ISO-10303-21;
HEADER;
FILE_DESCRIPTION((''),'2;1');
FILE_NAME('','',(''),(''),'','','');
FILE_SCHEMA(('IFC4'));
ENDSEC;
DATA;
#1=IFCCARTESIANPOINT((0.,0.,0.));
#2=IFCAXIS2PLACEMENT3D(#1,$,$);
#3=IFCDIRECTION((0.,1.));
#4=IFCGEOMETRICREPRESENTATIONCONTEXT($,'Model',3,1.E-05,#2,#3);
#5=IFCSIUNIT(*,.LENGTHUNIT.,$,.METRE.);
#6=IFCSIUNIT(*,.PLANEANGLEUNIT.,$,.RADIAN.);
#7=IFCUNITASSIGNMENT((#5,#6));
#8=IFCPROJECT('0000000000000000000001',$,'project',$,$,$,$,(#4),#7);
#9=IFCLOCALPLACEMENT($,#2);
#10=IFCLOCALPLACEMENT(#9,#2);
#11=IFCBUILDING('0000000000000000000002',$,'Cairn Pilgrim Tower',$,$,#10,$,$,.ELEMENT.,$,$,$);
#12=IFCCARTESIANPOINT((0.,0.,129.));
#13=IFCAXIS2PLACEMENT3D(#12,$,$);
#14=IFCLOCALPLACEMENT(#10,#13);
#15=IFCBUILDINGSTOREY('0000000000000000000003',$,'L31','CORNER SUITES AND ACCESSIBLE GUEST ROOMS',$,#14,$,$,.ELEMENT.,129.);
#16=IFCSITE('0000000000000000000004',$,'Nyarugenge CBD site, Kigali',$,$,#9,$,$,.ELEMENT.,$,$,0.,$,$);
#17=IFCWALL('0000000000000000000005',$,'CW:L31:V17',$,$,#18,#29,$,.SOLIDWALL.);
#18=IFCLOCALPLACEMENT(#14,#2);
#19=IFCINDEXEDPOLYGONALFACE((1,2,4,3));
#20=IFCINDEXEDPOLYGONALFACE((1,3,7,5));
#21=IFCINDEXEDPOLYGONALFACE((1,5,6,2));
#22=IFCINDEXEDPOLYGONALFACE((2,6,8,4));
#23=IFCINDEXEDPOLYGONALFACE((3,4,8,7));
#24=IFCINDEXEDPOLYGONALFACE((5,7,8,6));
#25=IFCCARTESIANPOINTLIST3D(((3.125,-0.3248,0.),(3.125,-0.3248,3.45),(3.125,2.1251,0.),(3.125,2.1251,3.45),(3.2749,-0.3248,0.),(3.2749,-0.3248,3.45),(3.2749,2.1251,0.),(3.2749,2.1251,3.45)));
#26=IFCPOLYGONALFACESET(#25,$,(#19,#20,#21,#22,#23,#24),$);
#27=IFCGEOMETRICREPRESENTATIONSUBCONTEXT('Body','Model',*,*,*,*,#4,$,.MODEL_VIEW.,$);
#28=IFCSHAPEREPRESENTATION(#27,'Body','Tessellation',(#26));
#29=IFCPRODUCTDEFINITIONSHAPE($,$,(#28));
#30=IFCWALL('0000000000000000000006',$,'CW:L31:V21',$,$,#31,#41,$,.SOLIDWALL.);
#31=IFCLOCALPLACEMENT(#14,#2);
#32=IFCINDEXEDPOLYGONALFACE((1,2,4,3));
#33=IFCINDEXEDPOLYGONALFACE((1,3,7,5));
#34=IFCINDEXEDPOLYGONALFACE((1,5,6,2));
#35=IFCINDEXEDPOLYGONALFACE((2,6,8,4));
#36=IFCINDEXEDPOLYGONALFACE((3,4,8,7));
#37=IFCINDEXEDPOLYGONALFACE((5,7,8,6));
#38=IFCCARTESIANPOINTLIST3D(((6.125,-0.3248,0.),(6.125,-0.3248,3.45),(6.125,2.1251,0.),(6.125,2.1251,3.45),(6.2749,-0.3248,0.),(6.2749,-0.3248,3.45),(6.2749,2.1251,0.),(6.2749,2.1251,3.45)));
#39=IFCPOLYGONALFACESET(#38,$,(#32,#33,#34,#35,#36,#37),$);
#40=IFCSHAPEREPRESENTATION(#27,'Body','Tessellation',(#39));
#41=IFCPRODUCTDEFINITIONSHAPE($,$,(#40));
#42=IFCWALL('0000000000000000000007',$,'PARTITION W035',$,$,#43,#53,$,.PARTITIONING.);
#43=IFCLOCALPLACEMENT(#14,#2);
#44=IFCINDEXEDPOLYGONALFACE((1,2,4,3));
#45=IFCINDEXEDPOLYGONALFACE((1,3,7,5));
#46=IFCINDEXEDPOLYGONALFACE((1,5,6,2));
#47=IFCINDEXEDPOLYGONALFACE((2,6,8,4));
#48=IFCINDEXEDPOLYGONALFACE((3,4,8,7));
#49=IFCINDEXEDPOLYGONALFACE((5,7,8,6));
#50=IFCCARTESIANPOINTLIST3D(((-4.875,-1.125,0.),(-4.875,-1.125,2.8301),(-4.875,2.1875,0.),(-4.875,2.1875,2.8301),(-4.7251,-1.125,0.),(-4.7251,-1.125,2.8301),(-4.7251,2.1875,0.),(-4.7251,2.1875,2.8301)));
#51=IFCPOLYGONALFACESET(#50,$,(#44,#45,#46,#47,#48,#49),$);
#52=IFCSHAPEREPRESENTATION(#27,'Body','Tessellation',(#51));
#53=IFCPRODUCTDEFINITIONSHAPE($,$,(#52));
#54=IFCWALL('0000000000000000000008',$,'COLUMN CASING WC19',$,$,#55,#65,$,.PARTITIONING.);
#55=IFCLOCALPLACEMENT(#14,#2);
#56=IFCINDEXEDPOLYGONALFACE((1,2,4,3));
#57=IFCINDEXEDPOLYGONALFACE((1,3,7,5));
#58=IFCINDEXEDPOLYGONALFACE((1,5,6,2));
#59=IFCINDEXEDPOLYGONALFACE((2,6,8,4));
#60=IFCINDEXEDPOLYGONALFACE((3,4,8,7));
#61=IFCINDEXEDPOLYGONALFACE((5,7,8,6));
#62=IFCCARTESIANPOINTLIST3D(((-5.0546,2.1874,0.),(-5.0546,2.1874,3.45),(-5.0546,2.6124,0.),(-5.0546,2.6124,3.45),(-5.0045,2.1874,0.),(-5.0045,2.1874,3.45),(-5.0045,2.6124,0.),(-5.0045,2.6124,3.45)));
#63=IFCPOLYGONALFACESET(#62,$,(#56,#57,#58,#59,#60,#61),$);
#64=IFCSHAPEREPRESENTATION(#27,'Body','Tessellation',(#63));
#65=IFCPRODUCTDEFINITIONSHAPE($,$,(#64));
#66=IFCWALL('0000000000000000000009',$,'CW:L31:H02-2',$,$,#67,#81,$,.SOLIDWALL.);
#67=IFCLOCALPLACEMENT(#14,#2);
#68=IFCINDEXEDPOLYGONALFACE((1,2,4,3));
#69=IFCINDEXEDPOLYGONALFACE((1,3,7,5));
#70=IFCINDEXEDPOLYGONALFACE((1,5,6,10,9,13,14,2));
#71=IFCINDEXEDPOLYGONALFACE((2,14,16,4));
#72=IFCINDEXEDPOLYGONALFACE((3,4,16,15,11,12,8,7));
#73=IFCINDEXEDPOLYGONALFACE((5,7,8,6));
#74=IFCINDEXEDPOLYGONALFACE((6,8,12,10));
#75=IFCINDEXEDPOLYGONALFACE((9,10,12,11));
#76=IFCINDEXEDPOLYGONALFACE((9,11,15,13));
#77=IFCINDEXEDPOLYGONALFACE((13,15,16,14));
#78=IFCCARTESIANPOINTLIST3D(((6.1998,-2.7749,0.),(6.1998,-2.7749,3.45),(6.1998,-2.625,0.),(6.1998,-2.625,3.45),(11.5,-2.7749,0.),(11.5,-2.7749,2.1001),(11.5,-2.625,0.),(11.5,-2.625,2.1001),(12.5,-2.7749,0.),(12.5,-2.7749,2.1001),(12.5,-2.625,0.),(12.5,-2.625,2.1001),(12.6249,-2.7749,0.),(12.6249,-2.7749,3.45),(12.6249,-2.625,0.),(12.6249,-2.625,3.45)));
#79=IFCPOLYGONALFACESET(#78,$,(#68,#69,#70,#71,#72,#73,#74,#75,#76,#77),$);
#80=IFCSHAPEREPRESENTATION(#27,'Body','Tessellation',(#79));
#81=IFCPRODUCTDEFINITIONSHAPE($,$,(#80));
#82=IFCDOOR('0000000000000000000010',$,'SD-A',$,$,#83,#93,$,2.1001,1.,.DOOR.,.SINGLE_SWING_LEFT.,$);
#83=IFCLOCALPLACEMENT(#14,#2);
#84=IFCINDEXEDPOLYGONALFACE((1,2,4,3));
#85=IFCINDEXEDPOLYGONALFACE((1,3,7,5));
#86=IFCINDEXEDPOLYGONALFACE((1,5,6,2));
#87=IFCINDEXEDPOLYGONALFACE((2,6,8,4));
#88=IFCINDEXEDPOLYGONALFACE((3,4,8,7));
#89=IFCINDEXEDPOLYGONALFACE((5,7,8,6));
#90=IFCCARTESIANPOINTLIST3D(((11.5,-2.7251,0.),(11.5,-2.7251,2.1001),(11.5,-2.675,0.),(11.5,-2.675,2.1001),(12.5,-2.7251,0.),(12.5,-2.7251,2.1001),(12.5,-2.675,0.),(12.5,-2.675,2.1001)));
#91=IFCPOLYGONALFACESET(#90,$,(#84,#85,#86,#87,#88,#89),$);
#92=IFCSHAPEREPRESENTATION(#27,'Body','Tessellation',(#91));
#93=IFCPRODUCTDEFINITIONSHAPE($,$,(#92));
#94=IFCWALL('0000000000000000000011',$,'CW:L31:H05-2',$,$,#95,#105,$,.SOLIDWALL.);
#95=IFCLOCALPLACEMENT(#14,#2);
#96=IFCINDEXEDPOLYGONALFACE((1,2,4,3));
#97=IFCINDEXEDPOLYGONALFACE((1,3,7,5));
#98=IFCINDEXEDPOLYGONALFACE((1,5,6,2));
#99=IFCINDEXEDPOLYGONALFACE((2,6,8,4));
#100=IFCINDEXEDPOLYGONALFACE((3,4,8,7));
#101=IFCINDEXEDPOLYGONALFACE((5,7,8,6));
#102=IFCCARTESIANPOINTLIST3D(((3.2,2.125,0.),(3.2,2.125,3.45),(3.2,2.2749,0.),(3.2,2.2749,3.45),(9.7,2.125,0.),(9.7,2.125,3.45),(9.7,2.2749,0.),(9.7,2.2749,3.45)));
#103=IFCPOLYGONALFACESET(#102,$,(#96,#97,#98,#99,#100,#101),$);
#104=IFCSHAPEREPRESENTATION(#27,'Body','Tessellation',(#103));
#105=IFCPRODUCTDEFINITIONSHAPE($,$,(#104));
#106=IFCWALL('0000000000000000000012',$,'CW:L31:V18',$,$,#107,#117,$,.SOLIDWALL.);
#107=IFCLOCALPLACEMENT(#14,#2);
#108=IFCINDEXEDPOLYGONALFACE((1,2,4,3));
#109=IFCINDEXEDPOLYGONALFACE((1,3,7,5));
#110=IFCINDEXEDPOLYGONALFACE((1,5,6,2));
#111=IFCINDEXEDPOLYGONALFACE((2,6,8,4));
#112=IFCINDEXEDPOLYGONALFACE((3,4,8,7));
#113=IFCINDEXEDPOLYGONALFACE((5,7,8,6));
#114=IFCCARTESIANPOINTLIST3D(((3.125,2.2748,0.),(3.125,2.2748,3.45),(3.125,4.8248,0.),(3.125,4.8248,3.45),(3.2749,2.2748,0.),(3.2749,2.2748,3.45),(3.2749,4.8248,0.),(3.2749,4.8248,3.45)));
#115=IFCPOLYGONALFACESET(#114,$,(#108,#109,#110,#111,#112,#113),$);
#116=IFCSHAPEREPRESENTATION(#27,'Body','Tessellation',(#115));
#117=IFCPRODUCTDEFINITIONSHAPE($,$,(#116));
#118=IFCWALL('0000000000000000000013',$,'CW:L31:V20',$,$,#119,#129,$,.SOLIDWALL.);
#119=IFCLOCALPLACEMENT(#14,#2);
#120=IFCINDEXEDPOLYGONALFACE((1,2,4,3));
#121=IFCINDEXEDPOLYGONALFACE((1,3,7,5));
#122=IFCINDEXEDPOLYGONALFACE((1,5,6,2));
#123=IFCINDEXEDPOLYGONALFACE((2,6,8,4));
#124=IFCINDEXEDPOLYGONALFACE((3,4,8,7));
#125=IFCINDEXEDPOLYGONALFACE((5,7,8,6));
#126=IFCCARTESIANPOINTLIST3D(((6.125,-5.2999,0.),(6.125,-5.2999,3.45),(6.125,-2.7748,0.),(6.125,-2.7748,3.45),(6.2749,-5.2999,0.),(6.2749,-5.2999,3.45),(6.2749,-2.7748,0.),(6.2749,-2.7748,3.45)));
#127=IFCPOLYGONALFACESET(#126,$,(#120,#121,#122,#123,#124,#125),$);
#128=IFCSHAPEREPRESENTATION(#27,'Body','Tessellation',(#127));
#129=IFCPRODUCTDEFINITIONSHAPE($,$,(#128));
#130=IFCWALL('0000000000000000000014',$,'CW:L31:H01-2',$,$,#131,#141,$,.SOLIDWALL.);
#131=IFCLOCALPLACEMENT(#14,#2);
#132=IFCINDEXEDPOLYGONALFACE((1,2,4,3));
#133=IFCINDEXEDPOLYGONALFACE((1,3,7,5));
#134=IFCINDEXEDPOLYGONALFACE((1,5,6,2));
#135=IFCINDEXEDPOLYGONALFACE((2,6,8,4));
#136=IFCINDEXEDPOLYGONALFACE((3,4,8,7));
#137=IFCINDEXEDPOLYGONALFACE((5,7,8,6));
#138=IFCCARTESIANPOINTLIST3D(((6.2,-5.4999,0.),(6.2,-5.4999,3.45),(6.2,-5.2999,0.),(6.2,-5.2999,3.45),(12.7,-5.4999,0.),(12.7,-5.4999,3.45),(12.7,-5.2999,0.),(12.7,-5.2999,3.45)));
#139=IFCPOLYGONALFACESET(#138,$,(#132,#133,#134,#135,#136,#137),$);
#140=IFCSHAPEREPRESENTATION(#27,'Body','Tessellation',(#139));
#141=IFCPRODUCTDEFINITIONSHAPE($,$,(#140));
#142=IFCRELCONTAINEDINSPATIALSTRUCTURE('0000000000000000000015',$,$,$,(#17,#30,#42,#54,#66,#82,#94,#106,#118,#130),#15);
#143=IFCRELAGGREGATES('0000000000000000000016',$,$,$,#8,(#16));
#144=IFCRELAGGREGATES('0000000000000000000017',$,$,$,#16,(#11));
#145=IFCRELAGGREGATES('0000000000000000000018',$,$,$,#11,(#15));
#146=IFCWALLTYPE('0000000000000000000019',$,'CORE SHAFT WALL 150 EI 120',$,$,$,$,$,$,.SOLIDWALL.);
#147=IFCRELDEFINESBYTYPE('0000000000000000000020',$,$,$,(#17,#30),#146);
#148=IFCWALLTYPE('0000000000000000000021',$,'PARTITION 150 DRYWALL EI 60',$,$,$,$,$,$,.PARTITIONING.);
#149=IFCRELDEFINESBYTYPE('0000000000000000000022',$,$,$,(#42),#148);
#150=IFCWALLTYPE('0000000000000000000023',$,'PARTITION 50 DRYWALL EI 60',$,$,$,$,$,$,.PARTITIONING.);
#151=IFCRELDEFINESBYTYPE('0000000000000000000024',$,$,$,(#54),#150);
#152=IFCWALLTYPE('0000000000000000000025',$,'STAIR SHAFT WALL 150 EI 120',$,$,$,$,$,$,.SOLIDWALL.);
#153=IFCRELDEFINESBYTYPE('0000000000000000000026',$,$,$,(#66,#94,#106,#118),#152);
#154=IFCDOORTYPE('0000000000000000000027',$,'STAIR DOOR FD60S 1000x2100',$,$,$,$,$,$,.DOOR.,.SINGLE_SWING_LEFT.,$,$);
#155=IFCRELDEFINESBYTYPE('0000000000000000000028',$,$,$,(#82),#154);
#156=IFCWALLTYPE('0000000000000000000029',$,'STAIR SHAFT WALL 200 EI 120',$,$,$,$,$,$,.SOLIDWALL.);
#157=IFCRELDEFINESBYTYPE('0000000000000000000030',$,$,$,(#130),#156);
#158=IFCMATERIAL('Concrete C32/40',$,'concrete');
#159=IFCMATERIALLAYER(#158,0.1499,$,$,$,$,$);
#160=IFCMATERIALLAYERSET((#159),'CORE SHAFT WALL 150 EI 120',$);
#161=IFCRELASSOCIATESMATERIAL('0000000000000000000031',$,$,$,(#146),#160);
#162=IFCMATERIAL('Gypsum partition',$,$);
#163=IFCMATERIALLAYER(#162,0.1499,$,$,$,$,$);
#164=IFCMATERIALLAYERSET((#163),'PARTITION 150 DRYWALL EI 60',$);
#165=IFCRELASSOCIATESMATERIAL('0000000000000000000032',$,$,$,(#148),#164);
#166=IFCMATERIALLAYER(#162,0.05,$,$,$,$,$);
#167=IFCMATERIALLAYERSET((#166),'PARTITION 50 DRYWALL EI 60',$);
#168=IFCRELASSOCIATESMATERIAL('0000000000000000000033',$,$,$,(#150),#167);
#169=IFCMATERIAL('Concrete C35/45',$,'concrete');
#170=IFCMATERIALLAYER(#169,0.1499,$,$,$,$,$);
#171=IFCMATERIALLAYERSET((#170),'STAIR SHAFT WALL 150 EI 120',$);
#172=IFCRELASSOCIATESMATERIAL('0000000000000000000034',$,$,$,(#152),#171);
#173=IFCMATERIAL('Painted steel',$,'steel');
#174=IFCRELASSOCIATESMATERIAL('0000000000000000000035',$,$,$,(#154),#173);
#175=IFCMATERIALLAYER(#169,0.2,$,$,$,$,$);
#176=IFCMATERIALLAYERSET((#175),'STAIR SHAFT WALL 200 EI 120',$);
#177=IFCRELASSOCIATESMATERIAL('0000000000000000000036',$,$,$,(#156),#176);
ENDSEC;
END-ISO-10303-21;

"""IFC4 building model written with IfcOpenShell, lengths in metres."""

from ifc_helpers import new_model, si_unit, direction, frame, frame_2d, origin, place, context, subcontext, project, spatial, rectangle, extrude, material, layer, layer_set, type_object, element, fill, save


model = new_model("IFC4")

# Units and contexts
model_context = context("Model", 3, precision=1e-05, world=origin(), true_north=direction((0.0, 1.0)))
body_context = subcontext(model_context, "Body", "Model", "MODEL_VIEW")
ifc_project = project(units=[si_unit("LENGTHUNIT", "METRE"), si_unit("PLANEANGLEUNIT", "RADIAN")], contexts=[model_context])

# Site, building, storey
site_placement = place(None, origin())
site = spatial("IfcSite", under=ifc_project, at=site_placement, Name="Nyarugenge CBD site, Kigali", CompositionType="ELEMENT", RefElevation=0.0)
building_placement = place(site_placement, origin())
building = spatial("IfcBuilding", under=site, at=building_placement, Name="Cairn Pilgrim Tower", CompositionType="ELEMENT")
storey_placement = place(building_placement, frame((0.0, 0.0, 129.0)))
storey = spatial("IfcBuildingStorey", under=building, at=storey_placement, Name="L31", Description="CORNER SUITES AND ACCESSIBLE GUEST ROOMS", CompositionType="ELEMENT", Elevation=129.0)

# Shared definitions
ifc_material_1 = material(Name="Concrete C35/45", Category="concrete")

# Shared definitions
ifc_material_2 = material(Name="Concrete C32/40", Category="concrete")

# Shared definitions
ifc_material_3 = material(Name="Painted steel", Category="steel")

# Shared definitions
ifc_layer_1 = layer(ifc_material_2, 0.1499)
ifc_layer_set_1 = layer_set([ifc_layer_1], Name="CORE SHAFT WALL 150 EI 120")
wall_type_1 = type_object("IfcWallType", Name="CORE SHAFT WALL 150 EI 120", PredefinedType="SOLIDWALL", material=ifc_layer_set_1)

# Walls
for number, where, z_axis, x_axis, name in (
    (1, (3.2, -0.325, 0.0), (0.0, 0.0, 1.0), (0.0, 1.0, 0.0), "CW:L31:V17"),
    (2, (6.2, -0.325, 0.0), (0.0, 0.0, 1.0), (0.0, 1.0, 0.0), "CW:L31:V21"),
):
    element("IfcWall", number, at=place(storey_placement, frame(where, z_axis=z_axis, x_axis=x_axis)), inside=storey, type_object=wall_type_1, Name=name, PredefinedType="SOLIDWALL", context=body_context, shape_type="SweptSolid", body=[
        extrude(rectangle(XDim=2.45, YDim=0.1499, at=frame_2d((1.2251, 0.0))), origin(), (0.0, 0.0, 1.0), 3.45),
    ])
ifc_material_4 = material(Name="Gypsum partition")
ifc_layer_2 = layer(ifc_material_4, 0.1499)
ifc_layer_set_2 = layer_set([ifc_layer_2], Name="PARTITION 150 DRYWALL EI 60")
wall_type_2 = type_object("IfcWallType", Name="PARTITION 150 DRYWALL EI 60", PredefinedType="PARTITIONING", material=ifc_layer_set_2)
wall_1_placement = place(storey_placement, frame((-4.8, -1.125, 0.0), z_axis=(0.0, 0.0, 1.0), x_axis=(0.0, 1.0, 0.0)))
element("IfcWall", 3, at=wall_1_placement, inside=storey, type_object=wall_type_2, Name="PARTITION W035", PredefinedType="PARTITIONING", context=body_context, shape_type="SweptSolid", body=[
    extrude(rectangle(XDim=3.3125, YDim=0.1499, at=frame_2d((1.6562, 0.0))), origin(), (0.0, 0.0, 1.0), 2.8301),
])
ifc_layer_3 = layer(ifc_material_4, 0.05)
ifc_layer_set_3 = layer_set([ifc_layer_3], Name="PARTITION 50 DRYWALL EI 60")
wall_type_3 = type_object("IfcWallType", Name="PARTITION 50 DRYWALL EI 60", PredefinedType="PARTITIONING", material=ifc_layer_set_3)
wall_2_placement = place(storey_placement, frame((-5.0295, 2.1875, 0.0), z_axis=(0.0, 0.0, 1.0), x_axis=(0.0, 1.0, 0.0)))
element("IfcWall", 4, at=wall_2_placement, inside=storey, type_object=wall_type_3, Name="COLUMN CASING WC19", PredefinedType="PARTITIONING", context=body_context, shape_type="SweptSolid", body=[
    extrude(rectangle(XDim=0.425, YDim=0.05, at=frame_2d((0.2124, 0.0))), origin(), (0.0, 0.0, 1.0), 3.45),
])

# Wall, opening, door
ifc_layer_4 = layer(ifc_material_1, 0.1499)
ifc_layer_set_4 = layer_set([ifc_layer_4], Name="STAIR SHAFT WALL 150 EI 120")
wall_type_4 = type_object("IfcWallType", Name="STAIR SHAFT WALL 150 EI 120", PredefinedType="SOLIDWALL", material=ifc_layer_set_4)
wall_3_placement = place(storey_placement, frame((6.2, -2.7, 0.0), z_axis=(0.0, 0.0, 1.0), x_axis=(1.0, 0.0, 0.0)))
wall_3 = element("IfcWall", 5, at=wall_3_placement, inside=storey, type_object=wall_type_4, Name="CW:L31:H02-2", PredefinedType="SOLIDWALL", context=body_context, shape_type="SweptSolid", body=[
    extrude(rectangle(XDim=6.425, YDim=0.1499, at=frame_2d((3.2124, 0.0))), origin(), (0.0, 0.0, 1.0), 3.45),
])
opening_1_placement = place(wall_3_placement, frame((5.3, 0.0, 0.0)))
opening_1 = element("IfcOpeningElement", 6, at=opening_1_placement, cuts=wall_3, PredefinedType="OPENING", context=body_context, shape_type="SweptSolid", body=[
    extrude(rectangle(XDim=1.0, YDim=2.1001, at=frame_2d((0.5, 1.05))), frame((0.0, 0.085, 0.0), z_axis=(0.0, -1.0, 0.0), x_axis=(1.0, 0.0, 0.0)), (0.0, 0.0, 1.0), 0.1699),
])
door_type_1 = type_object("IfcDoorType", Name="STAIR DOOR FD60S 1000x2100", OperationType="SINGLE_SWING_LEFT", PredefinedType="DOOR", material=ifc_material_3)
door_1_placement = place(opening_1_placement, origin())
door_1 = element("IfcDoor", 7, at=door_1_placement, inside=storey, type_object=door_type_1, Name="SD-A", OperationType="SINGLE_SWING_LEFT", OverallHeight=2.1001, OverallWidth=1.0, PredefinedType="DOOR", context=body_context, shape_type="SweptSolid", body=[
    extrude(rectangle(XDim=1.0, YDim=2.1001, at=frame_2d((0.5, 1.05))), frame((0.0, 0.0249, 0.0), z_axis=(0.0, -1.0, 0.0), x_axis=(1.0, 0.0, 0.0)), (0.0, 0.0, 1.0), 0.05),
])
fill(opening_1, door_1)

# Walls
wall_4_placement = place(storey_placement, frame((3.2, 2.2, 0.0), z_axis=(0.0, 0.0, 1.0), x_axis=(1.0, 0.0, 0.0)))
element("IfcWall", 8, at=wall_4_placement, inside=storey, type_object=wall_type_4, Name="CW:L31:H05-2", PredefinedType="SOLIDWALL", context=body_context, shape_type="SweptSolid", body=[
    extrude(rectangle(XDim=6.5, YDim=0.1499, at=frame_2d((3.25, 0.0))), origin(), (0.0, 0.0, 1.0), 3.45),
])
wall_5_placement = place(storey_placement, frame((3.2, 2.2749, 0.0), z_axis=(0.0, 0.0, 1.0), x_axis=(0.0, 1.0, 0.0)))
element("IfcWall", 9, at=wall_5_placement, inside=storey, type_object=wall_type_4, Name="CW:L31:V18", PredefinedType="SOLIDWALL", context=body_context, shape_type="SweptSolid", body=[
    extrude(rectangle(XDim=2.55, YDim=0.1499, at=frame_2d((1.2749, 0.0))), origin(), (0.0, 0.0, 1.0), 3.45),
])
wall_6_placement = place(storey_placement, frame((6.2, -5.3, 0.0), z_axis=(0.0, 0.0, 1.0), x_axis=(0.0, 1.0, 0.0)))
element("IfcWall", 10, at=wall_6_placement, inside=storey, type_object=wall_type_4, Name="CW:L31:V20", PredefinedType="SOLIDWALL", context=body_context, shape_type="SweptSolid", body=[
    extrude(rectangle(XDim=2.5251, YDim=0.1499, at=frame_2d((1.2627, 0.0))), origin(), (0.0, 0.0, 1.0), 3.45),
])
ifc_layer_5 = layer(ifc_material_1, 0.2)
ifc_layer_set_5 = layer_set([ifc_layer_5], Name="STAIR SHAFT WALL 200 EI 120")
wall_type_5 = type_object("IfcWallType", Name="STAIR SHAFT WALL 200 EI 120", PredefinedType="SOLIDWALL", material=ifc_layer_set_5)
wall_7_placement = place(storey_placement, frame((6.2, -5.3999, 0.0), z_axis=(0.0, 0.0, 1.0), x_axis=(1.0, 0.0, 0.0)))
element("IfcWall", 11, at=wall_7_placement, inside=storey, type_object=wall_type_5, Name="CW:L31:H01-2", PredefinedType="SOLIDWALL", context=body_context, shape_type="SweptSolid", body=[
    extrude(rectangle(XDim=6.5, YDim=0.2, at=frame_2d((3.25, 0.0))), origin(), (0.0, 0.0, 1.0), 3.45),
])

save(model, "model.ifc")
